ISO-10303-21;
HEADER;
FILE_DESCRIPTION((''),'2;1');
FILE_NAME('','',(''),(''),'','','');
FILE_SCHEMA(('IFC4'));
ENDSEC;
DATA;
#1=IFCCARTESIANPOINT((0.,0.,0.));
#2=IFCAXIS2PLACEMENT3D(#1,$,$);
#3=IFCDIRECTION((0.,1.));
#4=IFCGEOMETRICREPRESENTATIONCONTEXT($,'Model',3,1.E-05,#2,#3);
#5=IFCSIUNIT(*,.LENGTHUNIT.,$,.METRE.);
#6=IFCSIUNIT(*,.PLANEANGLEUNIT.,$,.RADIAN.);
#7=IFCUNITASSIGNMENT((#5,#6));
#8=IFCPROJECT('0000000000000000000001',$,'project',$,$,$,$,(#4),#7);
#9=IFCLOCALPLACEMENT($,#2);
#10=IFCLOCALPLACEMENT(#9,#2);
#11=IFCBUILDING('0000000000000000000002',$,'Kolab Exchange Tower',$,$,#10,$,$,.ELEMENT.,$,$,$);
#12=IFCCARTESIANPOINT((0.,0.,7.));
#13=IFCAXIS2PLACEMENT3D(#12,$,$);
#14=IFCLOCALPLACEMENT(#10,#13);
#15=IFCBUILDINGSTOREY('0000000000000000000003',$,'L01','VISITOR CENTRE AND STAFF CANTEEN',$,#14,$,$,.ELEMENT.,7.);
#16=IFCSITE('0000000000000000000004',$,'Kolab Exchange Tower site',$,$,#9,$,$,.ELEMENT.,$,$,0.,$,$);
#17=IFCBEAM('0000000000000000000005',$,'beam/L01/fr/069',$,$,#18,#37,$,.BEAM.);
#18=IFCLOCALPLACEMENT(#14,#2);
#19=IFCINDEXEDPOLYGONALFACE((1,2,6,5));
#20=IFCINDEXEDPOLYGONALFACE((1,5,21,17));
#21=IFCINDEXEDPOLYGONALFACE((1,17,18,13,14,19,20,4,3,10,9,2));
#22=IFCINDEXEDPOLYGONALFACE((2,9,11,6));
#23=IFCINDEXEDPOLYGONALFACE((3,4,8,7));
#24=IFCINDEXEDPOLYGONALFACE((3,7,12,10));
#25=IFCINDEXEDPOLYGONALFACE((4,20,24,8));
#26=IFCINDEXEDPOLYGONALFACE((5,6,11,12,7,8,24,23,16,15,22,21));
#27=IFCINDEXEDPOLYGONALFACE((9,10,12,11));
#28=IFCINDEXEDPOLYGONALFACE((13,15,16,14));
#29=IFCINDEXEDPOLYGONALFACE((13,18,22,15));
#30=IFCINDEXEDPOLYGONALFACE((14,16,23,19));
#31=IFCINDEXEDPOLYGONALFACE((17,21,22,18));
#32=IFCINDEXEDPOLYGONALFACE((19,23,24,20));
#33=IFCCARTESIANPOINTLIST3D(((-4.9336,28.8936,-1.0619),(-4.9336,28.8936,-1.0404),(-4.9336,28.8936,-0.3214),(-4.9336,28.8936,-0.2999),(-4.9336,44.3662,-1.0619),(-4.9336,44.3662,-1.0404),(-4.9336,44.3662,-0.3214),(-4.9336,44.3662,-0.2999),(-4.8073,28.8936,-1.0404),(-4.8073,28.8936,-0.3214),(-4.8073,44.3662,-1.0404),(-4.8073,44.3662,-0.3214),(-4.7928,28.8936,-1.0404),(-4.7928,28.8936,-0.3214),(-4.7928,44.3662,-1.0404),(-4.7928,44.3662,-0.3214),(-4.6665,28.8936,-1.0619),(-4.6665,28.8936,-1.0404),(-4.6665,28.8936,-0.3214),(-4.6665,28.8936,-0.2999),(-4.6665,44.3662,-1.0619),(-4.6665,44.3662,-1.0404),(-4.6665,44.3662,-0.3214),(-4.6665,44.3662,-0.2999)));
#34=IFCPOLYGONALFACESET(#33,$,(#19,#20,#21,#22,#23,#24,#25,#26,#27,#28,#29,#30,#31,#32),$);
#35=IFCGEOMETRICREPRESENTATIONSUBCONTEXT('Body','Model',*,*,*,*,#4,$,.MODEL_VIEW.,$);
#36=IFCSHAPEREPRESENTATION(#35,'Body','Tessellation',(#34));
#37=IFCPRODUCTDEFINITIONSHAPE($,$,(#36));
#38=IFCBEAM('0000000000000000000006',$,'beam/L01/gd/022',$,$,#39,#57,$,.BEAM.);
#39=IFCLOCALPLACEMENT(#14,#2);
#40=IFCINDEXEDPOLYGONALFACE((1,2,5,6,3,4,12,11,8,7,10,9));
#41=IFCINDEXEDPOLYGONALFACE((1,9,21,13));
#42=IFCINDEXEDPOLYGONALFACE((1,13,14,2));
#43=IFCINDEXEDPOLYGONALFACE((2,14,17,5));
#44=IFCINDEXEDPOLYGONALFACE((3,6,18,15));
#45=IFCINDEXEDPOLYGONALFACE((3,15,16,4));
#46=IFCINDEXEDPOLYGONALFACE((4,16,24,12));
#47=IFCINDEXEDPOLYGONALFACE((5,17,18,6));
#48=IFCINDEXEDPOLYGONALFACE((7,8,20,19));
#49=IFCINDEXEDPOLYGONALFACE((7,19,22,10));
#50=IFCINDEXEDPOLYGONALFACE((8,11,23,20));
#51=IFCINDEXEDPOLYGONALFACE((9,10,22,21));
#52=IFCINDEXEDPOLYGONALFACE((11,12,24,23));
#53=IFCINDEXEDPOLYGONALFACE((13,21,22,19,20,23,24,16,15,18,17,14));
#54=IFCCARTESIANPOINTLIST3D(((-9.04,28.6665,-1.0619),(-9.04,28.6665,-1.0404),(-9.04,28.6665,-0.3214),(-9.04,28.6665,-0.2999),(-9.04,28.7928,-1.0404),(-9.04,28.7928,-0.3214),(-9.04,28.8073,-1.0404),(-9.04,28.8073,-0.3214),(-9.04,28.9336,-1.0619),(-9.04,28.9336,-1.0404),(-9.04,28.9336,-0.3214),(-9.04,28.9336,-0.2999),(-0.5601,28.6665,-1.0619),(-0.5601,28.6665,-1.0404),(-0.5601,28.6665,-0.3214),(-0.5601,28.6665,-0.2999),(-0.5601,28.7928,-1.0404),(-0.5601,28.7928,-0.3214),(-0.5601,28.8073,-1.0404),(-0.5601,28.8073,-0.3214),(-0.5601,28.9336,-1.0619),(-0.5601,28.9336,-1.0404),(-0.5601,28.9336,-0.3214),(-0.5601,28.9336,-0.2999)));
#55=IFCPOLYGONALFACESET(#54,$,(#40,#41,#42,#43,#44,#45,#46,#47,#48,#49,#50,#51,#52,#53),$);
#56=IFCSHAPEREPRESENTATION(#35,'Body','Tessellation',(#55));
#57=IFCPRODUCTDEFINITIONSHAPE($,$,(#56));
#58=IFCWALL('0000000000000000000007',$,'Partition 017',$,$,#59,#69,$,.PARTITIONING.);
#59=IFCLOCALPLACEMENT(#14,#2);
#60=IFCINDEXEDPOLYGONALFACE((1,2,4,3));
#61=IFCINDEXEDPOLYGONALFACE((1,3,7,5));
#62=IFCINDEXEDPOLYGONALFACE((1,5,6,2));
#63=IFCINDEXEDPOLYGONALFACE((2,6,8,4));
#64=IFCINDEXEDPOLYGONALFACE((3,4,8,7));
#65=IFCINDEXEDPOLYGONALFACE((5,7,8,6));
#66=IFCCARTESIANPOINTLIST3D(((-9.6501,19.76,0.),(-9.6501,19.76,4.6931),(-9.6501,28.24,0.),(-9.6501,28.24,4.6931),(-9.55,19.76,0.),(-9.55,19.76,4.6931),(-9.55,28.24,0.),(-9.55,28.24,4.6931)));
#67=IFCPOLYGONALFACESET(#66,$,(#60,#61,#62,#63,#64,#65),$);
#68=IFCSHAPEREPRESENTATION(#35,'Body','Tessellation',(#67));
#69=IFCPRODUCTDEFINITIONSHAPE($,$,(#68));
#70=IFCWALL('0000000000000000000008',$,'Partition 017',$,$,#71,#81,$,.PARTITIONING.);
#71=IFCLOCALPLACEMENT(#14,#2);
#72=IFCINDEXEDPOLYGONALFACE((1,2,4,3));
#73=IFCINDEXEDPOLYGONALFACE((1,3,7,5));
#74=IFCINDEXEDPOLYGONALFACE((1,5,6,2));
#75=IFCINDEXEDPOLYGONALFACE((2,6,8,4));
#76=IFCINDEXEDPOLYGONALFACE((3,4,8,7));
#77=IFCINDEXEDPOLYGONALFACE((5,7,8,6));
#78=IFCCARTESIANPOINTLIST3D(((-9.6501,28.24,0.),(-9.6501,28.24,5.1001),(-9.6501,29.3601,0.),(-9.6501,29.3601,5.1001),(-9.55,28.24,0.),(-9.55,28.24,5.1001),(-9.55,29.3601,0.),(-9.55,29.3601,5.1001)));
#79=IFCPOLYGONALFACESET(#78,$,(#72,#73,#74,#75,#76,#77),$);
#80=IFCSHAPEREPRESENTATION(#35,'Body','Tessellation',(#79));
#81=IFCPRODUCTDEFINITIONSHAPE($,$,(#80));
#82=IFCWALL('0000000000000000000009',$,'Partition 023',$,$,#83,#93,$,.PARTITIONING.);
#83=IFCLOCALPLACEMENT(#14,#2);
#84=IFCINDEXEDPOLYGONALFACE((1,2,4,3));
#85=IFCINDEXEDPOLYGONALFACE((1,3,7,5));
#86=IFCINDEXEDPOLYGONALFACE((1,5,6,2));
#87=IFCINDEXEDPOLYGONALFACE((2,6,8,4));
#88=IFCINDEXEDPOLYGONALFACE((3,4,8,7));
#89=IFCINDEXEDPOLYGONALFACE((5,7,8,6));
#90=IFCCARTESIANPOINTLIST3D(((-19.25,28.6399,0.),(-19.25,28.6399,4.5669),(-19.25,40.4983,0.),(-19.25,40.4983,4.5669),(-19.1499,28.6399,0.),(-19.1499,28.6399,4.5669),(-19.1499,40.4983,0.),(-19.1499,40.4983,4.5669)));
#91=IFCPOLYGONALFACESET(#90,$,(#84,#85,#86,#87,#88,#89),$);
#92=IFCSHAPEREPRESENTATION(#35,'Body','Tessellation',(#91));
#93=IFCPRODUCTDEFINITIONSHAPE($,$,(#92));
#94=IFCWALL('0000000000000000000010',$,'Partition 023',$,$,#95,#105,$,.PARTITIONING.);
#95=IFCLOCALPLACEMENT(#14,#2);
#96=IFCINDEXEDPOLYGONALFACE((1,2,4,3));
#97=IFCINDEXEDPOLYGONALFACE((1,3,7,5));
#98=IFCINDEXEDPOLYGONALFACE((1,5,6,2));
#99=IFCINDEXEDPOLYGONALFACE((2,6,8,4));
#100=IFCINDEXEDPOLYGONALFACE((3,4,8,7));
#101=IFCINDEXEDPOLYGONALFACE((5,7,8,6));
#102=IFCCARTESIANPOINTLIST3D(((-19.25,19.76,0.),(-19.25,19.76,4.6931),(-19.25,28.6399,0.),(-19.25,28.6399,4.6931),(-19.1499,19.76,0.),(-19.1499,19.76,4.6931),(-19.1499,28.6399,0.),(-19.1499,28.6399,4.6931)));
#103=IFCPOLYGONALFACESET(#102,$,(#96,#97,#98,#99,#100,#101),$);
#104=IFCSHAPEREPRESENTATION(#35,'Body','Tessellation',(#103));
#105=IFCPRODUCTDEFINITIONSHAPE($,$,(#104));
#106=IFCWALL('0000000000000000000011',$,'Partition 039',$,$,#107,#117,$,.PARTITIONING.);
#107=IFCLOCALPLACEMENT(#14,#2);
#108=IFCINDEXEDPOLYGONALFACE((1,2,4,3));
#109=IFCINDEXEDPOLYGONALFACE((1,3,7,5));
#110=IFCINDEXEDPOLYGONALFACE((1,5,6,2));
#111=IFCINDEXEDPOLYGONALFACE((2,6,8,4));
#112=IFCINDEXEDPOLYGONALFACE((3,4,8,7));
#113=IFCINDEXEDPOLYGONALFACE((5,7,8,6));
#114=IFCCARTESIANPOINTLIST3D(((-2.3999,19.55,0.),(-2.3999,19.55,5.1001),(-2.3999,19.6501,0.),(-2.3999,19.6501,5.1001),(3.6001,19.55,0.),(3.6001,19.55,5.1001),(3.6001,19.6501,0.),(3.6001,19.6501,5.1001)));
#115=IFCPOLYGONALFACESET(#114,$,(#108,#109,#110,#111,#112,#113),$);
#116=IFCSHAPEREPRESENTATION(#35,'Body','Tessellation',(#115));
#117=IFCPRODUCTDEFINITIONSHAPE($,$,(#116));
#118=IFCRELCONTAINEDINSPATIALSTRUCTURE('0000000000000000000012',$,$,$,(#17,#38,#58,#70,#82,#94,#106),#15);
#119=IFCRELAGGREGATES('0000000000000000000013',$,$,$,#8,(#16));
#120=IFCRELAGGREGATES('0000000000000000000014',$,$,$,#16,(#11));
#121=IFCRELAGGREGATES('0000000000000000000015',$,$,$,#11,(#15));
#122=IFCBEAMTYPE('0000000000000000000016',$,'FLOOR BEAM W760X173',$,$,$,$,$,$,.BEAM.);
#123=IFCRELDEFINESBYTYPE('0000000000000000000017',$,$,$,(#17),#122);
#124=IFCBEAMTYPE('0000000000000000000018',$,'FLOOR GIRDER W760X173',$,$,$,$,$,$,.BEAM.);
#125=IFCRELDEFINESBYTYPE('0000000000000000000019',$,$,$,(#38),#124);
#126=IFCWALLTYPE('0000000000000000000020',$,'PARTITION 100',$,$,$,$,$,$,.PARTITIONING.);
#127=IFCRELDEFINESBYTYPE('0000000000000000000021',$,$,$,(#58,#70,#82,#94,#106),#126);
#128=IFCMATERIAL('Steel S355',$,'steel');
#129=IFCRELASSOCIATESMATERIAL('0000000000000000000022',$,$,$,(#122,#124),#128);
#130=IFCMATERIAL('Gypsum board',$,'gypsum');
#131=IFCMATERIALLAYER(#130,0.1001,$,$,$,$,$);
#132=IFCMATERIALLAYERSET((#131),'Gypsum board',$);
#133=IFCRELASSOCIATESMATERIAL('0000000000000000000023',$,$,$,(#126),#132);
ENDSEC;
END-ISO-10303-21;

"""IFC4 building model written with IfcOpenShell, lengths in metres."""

from ifc_helpers import new_model, si_unit, direction, frame, frame_2d, origin, origin_2d, place, context, subcontext, project, spatial, rectangle, i_section, extrude, material, layer, layer_set, material_profile, profile_set, type_object, element, save


model = new_model("IFC4")

# Units and contexts
model_context = context("Model", 3, precision=1e-05, world=origin(), true_north=direction((0.0, 1.0)))
body_context = subcontext(model_context, "Body", "Model", "MODEL_VIEW")
ifc_project = project(units=[si_unit("LENGTHUNIT", "METRE"), si_unit("PLANEANGLEUNIT", "RADIAN")], contexts=[model_context])

# Site, building, storey
site_placement = place(None, origin())
site = spatial("IfcSite", under=ifc_project, at=site_placement, Name="Kolab Exchange Tower site", CompositionType="ELEMENT", RefElevation=0.0)
building_placement = place(site_placement, origin())
building = spatial("IfcBuilding", under=site, at=building_placement, Name="Kolab Exchange Tower", CompositionType="ELEMENT")
storey_placement = place(building_placement, frame((0.0, 0.0, 7.0)))
storey = spatial("IfcBuildingStorey", under=building, at=storey_placement, Name="L01", Description="VISITOR CENTRE AND STAFF CANTEEN", CompositionType="ELEMENT", Elevation=7.0)

# Beams
ifc_material_1 = material(Name="Steel S355", Category="steel")
ifc_material_profile_1 = material_profile(ifc_material_1, i_section(OverallWidth=0.2671, OverallDepth=0.762, WebThickness=0.0144, FlangeThickness=0.0215, at=origin_2d()), Name="W760X173")
ifc_profile_set_1 = profile_set([ifc_material_profile_1], Name="Steel S355")
beam_type_1 = type_object("IfcBeamType", Name="FLOOR BEAM W760X173", PredefinedType="BEAM", material=ifc_profile_set_1)
beam_1_placement = place(storey_placement, frame((-4.8, 28.8936, -0.6809), z_axis=(0.0, 1.0, 0.0), x_axis=(-1.0, 0.0, 0.0)))
element("IfcBeam", 1, at=beam_1_placement, inside=storey, type_object=beam_type_1, Name="beam/L01/fr/069", PredefinedType="BEAM", context=body_context, shape_type="SweptSolid", body=[
    extrude(i_section(OverallWidth=0.2671, OverallDepth=0.762, WebThickness=0.0144, FlangeThickness=0.0215, at=origin_2d()), origin(), (0.0, 0.0, 1.0), 15.4727),
])
ifc_material_profile_2 = material_profile(ifc_material_1, i_section(OverallWidth=0.2671, OverallDepth=0.762, WebThickness=0.0144, FlangeThickness=0.0215, at=origin_2d()), Name="W760X173")
ifc_profile_set_2 = profile_set([ifc_material_profile_2], Name="Steel S355")
beam_type_2 = type_object("IfcBeamType", Name="FLOOR GIRDER W760X173", PredefinedType="BEAM", material=ifc_profile_set_2)
beam_2_placement = place(storey_placement, frame((-9.04, 28.8, -0.6809), z_axis=(1.0, 0.0, 0.0), x_axis=(0.0, 1.0, 0.0)))
element("IfcBeam", 2, at=beam_2_placement, inside=storey, type_object=beam_type_2, Name="beam/L01/gd/022", PredefinedType="BEAM", context=body_context, shape_type="SweptSolid", body=[
    extrude(i_section(OverallWidth=0.2671, OverallDepth=0.762, WebThickness=0.0144, FlangeThickness=0.0215, at=origin_2d()), origin(), (0.0, 0.0, 1.0), 8.48),
])

# Walls
ifc_material_2 = material(Name="Gypsum board", Category="gypsum")
ifc_layer = layer(ifc_material_2, 0.1001)
ifc_layer_set = layer_set([ifc_layer], Name="Gypsum board")
wall_type = type_object("IfcWallType", Name="PARTITION 100", PredefinedType="PARTITIONING", material=ifc_layer_set)
wall_1_placement = place(storey_placement, frame((-9.6001, 19.76, 0.0), z_axis=(0.0, 0.0, 1.0), x_axis=(0.0, 1.0, 0.0)))
element("IfcWall", 3, at=wall_1_placement, inside=storey, type_object=wall_type, Name="Partition 017", PredefinedType="PARTITIONING", context=body_context, shape_type="SweptSolid", body=[
    extrude(rectangle(XDim=8.48, YDim=0.1001, at=frame_2d((4.24, 0.0))), origin(), (0.0, 0.0, 1.0), 4.6931),
])
wall_2_placement = place(storey_placement, frame((-9.6001, 28.24, 0.0), z_axis=(0.0, 0.0, 1.0), x_axis=(0.0, 1.0, 0.0)))
element("IfcWall", 4, at=wall_2_placement, inside=storey, type_object=wall_type, Name="Partition 017", PredefinedType="PARTITIONING", context=body_context, shape_type="SweptSolid", body=[
    extrude(rectangle(XDim=1.1201, YDim=0.1001, at=frame_2d((0.5601, 0.0))), origin(), (0.0, 0.0, 1.0), 5.1001),
])
wall_3_placement = place(storey_placement, frame((-19.2, 28.6399, 0.0), z_axis=(0.0, 0.0, 1.0), x_axis=(0.0, 1.0, 0.0)))
element("IfcWall", 5, at=wall_3_placement, inside=storey, type_object=wall_type, Name="Partition 023", PredefinedType="PARTITIONING", context=body_context, shape_type="SweptSolid", body=[
    extrude(rectangle(XDim=11.8584, YDim=0.1001, at=frame_2d((5.9292, 0.0))), origin(), (0.0, 0.0, 1.0), 4.5669),
])
wall_4_placement = place(storey_placement, frame((-19.2, 19.76, 0.0), z_axis=(0.0, 0.0, 1.0), x_axis=(0.0, 1.0, 0.0)))
element("IfcWall", 6, at=wall_4_placement, inside=storey, type_object=wall_type, Name="Partition 023", PredefinedType="PARTITIONING", context=body_context, shape_type="SweptSolid", body=[
    extrude(rectangle(XDim=8.8799, YDim=0.1001, at=frame_2d((4.4399, 0.0))), origin(), (0.0, 0.0, 1.0), 4.6931),
])
wall_5_placement = place(storey_placement, frame((-2.3999, 19.6001, 0.0), z_axis=(0.0, 0.0, 1.0), x_axis=(1.0, 0.0, 0.0)))
element("IfcWall", 7, at=wall_5_placement, inside=storey, type_object=wall_type, Name="Partition 039", PredefinedType="PARTITIONING", context=body_context, shape_type="SweptSolid", body=[
    extrude(rectangle(XDim=6.0, YDim=0.1001, at=frame_2d((3.0, 0.0))), origin(), (0.0, 0.0, 1.0), 5.1001),
])

save(model, "model.ifc")
